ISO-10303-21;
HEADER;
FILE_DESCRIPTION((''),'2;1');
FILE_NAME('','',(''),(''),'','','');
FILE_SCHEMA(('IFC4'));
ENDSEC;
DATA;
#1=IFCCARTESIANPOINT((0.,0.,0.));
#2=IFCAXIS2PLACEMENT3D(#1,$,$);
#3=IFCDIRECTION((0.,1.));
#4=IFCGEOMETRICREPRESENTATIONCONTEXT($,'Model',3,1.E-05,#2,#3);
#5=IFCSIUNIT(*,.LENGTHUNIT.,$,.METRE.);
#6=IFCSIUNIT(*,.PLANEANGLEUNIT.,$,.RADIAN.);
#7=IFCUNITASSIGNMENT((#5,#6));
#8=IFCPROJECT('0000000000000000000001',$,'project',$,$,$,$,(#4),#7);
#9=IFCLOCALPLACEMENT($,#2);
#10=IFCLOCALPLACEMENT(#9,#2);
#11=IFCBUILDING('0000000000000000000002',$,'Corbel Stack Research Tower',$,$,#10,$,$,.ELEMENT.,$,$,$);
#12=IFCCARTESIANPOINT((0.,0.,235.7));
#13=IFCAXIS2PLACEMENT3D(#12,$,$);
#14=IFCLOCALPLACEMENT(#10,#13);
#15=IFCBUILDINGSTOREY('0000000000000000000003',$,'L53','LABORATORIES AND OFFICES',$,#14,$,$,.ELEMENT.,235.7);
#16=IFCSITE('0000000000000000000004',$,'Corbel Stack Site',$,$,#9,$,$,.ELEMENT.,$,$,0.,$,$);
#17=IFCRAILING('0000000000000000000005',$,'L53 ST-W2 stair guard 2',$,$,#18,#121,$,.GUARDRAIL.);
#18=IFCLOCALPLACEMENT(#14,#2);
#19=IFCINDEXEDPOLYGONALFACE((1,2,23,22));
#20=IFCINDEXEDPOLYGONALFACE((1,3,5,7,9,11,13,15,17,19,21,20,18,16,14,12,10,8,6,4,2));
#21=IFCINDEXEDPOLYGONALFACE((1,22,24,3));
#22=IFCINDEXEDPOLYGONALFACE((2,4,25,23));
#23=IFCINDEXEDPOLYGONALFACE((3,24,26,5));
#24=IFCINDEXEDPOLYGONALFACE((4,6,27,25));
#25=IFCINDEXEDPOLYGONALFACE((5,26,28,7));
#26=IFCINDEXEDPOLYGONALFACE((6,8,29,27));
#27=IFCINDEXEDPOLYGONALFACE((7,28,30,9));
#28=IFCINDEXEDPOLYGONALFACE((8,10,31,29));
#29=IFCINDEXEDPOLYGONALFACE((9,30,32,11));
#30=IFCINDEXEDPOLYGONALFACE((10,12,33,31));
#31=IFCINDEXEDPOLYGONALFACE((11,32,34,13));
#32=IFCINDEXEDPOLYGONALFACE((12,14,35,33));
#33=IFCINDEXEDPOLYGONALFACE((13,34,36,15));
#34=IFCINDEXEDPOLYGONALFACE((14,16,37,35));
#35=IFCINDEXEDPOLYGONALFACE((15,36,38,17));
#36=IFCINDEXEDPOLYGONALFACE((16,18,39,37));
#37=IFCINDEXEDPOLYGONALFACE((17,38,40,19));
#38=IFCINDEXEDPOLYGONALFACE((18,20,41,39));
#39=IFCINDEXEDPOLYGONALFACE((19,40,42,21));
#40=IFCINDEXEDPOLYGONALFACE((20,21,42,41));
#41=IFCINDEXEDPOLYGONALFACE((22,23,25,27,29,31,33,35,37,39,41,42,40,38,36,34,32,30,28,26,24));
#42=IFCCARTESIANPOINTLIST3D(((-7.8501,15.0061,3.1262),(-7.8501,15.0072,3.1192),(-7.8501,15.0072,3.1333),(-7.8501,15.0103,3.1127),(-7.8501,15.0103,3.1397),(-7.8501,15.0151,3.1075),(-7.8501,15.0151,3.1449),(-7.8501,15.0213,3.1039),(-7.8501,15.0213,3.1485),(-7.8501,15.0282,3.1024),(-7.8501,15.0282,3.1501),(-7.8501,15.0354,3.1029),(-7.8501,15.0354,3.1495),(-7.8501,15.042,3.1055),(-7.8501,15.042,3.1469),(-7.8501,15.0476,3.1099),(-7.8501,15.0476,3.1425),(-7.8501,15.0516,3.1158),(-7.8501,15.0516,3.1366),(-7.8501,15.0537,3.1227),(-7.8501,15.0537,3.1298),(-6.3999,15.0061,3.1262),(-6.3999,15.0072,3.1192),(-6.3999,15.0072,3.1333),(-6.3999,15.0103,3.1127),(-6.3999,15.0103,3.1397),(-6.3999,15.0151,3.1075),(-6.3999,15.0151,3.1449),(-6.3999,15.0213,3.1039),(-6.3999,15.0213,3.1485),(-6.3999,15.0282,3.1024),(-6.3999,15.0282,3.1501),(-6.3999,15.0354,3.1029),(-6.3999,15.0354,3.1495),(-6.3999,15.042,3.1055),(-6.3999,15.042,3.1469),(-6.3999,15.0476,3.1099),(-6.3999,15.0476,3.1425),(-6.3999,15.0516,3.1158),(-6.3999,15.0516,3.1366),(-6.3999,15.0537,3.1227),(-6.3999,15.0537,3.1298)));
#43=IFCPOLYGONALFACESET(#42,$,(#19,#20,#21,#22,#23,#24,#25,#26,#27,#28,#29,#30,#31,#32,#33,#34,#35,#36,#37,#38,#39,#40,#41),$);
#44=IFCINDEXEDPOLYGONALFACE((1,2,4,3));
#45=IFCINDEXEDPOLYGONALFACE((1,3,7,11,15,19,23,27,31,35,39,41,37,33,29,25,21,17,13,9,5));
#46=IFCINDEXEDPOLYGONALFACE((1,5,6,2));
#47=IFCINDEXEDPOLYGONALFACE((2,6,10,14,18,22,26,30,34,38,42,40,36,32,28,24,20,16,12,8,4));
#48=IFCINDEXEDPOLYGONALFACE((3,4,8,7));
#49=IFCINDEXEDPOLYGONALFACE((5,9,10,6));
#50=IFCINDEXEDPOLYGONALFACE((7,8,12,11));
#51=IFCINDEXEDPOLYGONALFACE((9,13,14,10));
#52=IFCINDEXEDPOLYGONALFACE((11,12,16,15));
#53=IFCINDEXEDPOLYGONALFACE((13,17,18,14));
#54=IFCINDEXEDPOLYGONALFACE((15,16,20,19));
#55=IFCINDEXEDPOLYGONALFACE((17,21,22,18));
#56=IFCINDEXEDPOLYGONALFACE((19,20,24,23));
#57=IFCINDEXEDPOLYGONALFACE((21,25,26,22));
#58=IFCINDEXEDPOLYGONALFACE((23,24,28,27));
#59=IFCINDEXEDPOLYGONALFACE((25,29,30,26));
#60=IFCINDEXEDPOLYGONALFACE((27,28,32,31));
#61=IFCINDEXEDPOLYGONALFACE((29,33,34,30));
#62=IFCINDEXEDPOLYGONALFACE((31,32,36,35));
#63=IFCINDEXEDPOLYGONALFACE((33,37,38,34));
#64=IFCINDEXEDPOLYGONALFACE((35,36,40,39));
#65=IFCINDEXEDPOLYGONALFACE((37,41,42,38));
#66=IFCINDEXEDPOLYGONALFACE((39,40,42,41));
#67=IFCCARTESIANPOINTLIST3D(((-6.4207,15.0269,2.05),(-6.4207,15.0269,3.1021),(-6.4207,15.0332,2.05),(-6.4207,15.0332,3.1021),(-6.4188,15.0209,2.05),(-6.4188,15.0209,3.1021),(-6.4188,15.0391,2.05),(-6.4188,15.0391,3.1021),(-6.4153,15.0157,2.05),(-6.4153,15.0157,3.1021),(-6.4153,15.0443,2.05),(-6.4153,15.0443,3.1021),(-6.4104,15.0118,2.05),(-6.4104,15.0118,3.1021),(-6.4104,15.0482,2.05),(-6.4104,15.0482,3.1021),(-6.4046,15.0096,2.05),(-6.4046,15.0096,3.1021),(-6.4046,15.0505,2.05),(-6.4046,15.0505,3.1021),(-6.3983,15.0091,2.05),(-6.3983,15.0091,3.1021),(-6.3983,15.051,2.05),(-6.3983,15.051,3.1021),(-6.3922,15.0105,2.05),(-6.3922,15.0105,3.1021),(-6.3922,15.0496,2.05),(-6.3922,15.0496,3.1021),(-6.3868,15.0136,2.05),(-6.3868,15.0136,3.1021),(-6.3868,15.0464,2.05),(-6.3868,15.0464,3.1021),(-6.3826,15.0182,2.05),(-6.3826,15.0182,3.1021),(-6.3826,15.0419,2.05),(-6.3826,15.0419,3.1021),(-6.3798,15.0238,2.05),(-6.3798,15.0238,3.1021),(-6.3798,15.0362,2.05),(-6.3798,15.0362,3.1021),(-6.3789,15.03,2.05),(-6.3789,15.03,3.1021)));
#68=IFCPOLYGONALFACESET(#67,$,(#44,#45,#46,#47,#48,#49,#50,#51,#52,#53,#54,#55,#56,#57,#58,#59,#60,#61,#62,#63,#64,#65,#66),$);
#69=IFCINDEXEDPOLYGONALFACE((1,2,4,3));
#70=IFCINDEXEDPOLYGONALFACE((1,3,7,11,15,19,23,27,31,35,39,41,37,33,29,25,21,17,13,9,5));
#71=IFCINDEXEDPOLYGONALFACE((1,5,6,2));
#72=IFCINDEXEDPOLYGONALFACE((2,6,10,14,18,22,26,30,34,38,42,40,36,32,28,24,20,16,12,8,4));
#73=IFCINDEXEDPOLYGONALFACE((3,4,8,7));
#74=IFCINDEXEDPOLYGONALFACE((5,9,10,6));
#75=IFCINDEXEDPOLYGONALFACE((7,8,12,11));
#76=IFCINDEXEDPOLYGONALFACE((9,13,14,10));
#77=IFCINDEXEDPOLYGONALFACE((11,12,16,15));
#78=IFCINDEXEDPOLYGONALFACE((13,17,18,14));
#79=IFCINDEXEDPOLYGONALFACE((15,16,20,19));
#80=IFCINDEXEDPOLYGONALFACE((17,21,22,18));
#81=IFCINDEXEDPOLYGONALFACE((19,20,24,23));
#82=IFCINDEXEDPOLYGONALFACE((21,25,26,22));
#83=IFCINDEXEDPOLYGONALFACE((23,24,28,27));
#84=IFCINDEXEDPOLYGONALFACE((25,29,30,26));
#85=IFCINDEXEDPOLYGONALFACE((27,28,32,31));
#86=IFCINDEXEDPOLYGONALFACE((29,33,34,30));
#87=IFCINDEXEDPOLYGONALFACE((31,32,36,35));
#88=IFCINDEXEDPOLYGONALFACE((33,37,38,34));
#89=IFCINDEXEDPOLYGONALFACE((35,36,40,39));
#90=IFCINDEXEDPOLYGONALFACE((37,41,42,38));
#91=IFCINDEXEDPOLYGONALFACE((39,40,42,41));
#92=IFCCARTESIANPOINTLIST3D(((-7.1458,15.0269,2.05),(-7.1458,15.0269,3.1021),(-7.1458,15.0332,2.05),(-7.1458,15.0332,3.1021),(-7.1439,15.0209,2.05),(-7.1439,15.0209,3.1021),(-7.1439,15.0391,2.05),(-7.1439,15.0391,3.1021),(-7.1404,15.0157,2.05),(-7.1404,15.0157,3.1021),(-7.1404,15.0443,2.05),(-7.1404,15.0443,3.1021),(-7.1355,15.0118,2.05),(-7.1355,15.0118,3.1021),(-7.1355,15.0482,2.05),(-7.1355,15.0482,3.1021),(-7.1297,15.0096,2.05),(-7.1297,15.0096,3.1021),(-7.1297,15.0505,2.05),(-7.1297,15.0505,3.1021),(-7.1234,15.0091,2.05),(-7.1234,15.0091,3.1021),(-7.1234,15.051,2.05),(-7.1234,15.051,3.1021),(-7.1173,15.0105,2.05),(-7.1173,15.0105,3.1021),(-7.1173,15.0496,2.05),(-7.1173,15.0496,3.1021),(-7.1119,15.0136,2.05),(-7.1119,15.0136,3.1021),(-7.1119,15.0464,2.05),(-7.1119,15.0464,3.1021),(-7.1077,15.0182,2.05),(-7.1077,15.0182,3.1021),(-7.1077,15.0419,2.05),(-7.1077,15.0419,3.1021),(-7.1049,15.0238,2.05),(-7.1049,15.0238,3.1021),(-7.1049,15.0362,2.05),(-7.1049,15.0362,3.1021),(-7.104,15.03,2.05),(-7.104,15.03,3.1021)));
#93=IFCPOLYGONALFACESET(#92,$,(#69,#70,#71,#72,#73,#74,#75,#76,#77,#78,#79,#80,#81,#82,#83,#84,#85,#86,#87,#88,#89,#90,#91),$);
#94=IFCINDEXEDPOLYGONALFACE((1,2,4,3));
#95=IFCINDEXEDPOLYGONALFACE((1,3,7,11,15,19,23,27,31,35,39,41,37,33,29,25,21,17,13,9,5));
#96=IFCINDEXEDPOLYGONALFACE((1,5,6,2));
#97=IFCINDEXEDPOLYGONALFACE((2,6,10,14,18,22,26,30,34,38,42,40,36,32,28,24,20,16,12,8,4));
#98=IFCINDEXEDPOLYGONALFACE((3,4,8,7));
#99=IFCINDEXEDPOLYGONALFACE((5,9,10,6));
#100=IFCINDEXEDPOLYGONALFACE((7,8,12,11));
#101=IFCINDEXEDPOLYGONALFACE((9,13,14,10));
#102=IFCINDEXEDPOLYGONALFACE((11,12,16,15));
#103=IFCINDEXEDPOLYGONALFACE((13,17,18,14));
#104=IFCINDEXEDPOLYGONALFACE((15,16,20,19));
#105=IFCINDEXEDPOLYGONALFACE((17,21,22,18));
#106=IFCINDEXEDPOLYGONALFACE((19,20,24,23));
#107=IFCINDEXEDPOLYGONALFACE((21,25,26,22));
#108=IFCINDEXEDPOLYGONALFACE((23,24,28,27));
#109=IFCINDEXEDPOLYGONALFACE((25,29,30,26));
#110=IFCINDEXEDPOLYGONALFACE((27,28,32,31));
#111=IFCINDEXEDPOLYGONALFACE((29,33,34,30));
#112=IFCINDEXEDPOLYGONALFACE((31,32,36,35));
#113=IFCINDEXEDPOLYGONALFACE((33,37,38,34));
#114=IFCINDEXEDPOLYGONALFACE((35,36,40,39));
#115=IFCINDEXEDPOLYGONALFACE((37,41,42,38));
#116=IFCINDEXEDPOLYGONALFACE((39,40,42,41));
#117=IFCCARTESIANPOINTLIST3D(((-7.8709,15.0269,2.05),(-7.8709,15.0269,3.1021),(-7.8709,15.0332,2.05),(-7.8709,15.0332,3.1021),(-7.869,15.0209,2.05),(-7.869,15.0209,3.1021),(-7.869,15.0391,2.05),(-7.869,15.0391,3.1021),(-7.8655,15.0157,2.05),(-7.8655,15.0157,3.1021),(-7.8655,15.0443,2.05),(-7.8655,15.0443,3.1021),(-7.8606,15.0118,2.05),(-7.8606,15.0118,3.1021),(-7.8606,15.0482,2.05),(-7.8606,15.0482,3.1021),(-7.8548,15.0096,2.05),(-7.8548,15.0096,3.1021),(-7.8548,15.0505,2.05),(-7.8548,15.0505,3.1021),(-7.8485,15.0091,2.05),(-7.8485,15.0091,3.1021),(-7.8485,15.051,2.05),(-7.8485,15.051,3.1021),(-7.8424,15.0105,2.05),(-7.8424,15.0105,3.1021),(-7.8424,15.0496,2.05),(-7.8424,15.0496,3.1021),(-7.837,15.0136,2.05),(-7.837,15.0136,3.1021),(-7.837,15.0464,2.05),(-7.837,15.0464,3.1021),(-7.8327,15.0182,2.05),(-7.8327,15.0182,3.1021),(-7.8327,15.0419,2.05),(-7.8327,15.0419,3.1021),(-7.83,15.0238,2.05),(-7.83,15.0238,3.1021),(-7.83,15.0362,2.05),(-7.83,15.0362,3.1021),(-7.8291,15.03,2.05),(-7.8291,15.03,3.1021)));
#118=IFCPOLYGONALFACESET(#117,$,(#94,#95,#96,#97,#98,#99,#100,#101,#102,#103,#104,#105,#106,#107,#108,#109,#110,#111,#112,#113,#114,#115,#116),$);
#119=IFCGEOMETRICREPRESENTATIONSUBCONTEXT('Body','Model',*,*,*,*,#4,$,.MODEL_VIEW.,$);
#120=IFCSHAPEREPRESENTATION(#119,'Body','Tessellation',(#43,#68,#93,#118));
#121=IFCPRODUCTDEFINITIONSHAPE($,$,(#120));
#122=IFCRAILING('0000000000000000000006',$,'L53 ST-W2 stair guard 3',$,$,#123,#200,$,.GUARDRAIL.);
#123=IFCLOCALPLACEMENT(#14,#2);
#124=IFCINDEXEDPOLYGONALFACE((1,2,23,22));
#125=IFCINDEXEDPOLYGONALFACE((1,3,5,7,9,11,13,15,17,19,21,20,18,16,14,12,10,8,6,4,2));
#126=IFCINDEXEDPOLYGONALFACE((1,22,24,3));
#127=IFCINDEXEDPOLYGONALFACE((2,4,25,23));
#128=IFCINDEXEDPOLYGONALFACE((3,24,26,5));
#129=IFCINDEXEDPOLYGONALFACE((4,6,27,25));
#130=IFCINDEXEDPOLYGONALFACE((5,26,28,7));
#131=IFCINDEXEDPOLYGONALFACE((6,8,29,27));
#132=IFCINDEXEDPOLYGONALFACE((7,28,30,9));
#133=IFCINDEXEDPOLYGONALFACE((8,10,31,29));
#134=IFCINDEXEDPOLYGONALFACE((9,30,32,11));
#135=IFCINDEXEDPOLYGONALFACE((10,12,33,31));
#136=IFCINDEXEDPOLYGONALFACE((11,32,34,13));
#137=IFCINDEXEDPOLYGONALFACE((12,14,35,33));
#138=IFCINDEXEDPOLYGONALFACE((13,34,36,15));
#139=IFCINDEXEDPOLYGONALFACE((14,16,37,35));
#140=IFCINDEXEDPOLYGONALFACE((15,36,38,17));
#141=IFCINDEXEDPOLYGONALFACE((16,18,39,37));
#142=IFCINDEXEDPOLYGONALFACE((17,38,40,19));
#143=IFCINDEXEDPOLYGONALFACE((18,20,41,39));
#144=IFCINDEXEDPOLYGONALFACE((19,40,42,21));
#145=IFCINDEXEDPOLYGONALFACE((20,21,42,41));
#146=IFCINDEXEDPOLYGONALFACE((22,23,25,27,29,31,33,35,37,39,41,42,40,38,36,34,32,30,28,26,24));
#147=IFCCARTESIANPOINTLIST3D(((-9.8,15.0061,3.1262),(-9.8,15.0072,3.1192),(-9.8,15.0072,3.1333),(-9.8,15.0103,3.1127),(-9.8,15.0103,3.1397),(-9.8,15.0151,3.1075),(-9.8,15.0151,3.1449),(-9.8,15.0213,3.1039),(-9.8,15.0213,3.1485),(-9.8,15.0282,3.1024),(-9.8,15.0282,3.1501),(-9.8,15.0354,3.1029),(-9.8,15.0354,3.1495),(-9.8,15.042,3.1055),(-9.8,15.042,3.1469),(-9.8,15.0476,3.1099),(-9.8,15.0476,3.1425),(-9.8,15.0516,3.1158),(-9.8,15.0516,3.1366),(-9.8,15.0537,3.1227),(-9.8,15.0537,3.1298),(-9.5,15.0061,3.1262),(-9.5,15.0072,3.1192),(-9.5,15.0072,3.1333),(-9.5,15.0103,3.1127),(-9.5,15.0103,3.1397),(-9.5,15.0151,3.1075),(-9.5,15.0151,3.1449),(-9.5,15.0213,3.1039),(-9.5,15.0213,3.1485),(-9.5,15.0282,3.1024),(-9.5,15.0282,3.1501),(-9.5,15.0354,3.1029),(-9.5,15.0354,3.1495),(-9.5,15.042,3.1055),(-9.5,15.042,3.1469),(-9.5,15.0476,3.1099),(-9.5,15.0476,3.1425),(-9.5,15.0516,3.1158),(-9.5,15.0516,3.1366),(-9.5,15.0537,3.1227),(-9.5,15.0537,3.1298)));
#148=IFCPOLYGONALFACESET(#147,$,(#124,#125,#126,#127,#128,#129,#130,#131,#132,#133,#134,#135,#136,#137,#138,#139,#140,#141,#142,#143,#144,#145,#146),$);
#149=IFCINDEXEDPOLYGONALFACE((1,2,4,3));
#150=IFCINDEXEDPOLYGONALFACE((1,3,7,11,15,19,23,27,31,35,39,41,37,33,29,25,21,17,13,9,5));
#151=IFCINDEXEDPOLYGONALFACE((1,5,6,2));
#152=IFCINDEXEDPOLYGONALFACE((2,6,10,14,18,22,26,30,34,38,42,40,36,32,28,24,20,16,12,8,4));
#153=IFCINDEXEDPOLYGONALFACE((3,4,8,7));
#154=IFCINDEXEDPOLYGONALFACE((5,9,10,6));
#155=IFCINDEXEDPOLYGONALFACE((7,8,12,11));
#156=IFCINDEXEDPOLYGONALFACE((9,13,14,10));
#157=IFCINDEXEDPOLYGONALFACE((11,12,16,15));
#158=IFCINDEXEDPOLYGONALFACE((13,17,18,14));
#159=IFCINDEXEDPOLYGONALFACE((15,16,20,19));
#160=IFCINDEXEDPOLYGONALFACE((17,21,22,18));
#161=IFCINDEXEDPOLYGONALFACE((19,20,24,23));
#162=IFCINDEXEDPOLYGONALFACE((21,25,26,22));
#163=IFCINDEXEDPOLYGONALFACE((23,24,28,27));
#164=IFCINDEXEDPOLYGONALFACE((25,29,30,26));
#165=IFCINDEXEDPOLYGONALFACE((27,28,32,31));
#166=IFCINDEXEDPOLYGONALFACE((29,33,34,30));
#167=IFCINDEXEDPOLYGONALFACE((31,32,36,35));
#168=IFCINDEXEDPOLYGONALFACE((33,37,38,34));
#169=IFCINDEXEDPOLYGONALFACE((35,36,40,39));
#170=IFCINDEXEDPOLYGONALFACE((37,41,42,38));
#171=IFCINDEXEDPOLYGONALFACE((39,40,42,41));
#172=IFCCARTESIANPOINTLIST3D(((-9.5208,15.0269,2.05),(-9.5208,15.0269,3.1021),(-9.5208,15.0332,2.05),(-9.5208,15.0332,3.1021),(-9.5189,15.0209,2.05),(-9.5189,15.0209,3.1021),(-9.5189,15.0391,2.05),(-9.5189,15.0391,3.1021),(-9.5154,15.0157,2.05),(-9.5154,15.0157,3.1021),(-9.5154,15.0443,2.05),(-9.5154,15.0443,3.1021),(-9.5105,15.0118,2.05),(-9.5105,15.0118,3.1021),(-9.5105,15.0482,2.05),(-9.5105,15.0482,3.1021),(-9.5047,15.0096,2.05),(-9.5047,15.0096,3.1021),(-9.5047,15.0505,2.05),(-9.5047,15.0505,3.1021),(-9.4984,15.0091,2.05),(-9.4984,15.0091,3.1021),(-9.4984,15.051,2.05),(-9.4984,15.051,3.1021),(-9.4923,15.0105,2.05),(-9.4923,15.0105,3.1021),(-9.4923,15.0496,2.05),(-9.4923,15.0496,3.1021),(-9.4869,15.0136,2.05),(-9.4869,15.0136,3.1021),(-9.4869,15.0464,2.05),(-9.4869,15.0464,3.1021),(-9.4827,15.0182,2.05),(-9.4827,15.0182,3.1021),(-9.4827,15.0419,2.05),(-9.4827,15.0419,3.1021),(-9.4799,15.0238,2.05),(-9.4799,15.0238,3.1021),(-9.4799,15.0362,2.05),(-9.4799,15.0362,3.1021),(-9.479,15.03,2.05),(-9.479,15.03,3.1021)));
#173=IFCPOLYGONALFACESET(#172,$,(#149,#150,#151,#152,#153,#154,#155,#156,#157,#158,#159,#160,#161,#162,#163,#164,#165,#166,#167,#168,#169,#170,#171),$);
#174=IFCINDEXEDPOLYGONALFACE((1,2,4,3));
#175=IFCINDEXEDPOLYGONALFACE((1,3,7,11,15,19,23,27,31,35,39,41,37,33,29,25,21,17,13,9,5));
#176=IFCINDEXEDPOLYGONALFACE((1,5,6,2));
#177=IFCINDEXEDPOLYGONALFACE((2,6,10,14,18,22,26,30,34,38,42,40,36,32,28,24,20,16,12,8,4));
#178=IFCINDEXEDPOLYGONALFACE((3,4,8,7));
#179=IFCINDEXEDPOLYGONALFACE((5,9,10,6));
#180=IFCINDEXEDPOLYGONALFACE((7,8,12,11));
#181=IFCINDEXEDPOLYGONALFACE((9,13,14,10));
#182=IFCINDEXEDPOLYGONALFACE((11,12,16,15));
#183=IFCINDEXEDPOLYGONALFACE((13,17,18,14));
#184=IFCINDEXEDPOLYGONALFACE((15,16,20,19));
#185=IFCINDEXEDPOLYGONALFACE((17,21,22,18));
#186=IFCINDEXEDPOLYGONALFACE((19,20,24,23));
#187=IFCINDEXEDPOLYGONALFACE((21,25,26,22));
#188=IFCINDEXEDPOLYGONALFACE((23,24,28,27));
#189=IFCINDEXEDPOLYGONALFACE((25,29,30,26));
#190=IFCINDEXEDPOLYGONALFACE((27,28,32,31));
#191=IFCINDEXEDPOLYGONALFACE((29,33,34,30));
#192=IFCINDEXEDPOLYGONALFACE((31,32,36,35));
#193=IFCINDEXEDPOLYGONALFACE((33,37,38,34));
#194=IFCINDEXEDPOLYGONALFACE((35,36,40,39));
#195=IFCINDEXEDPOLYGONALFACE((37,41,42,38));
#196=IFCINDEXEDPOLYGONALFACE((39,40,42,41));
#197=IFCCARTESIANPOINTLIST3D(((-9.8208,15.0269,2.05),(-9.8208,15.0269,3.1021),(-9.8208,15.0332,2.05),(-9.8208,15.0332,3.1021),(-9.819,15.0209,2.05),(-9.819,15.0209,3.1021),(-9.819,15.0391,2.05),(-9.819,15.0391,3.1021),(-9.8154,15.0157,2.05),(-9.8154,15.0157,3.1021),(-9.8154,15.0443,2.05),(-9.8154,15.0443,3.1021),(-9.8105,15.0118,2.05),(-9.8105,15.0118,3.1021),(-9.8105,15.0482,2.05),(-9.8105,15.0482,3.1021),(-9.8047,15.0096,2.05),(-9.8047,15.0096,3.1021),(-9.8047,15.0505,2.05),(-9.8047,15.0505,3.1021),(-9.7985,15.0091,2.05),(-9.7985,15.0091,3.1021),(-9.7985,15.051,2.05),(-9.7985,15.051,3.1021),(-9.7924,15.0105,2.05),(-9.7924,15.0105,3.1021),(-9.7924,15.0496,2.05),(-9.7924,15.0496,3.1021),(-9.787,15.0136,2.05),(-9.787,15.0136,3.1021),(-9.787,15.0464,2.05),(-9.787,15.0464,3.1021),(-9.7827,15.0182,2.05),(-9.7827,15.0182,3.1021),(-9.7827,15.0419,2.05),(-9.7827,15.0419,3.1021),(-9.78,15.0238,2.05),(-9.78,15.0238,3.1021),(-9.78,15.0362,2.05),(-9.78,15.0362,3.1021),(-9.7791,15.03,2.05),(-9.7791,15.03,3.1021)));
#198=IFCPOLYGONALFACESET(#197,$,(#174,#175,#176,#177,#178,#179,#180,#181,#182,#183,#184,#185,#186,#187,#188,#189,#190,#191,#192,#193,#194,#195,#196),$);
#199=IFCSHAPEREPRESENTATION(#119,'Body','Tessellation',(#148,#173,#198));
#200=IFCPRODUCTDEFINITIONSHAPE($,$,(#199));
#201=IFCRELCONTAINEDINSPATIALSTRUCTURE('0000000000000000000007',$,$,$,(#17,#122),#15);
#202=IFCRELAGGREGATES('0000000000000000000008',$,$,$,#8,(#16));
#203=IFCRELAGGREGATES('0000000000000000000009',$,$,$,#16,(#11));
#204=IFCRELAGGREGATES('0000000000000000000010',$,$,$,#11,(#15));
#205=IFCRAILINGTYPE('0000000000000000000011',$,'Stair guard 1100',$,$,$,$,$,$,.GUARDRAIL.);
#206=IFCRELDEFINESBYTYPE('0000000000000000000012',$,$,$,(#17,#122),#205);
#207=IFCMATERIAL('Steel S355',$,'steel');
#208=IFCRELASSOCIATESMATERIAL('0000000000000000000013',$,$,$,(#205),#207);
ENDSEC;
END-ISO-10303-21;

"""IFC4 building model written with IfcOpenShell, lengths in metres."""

from ifc_helpers import new_model, si_unit, direction, frame, origin, origin_2d, place, context, subcontext, project, spatial, circle, extrude, material, type_object, element, save


model = new_model("IFC4")

# Units and contexts
model_context = context("Model", 3, precision=1e-05, world=origin(), true_north=direction((0.0, 1.0)))
body_context = subcontext(model_context, "Body", "Model", "MODEL_VIEW")
ifc_project = project(units=[si_unit("LENGTHUNIT", "METRE"), si_unit("PLANEANGLEUNIT", "RADIAN")], contexts=[model_context])

# Site, building, storey
site_placement = place(None, origin())
site = spatial("IfcSite", under=ifc_project, at=site_placement, Name="Corbel Stack Site", CompositionType="ELEMENT", RefElevation=0.0)
building_placement = place(site_placement, origin())
building = spatial("IfcBuilding", under=site, at=building_placement, Name="Corbel Stack Research Tower", CompositionType="ELEMENT")
storey_placement = place(building_placement, frame((0.0, 0.0, 235.7)))
storey = spatial("IfcBuildingStorey", under=building, at=storey_placement, Name="L53", Description="LABORATORIES AND OFFICES", CompositionType="ELEMENT", Elevation=235.7)

# Railings
ifc_material_1 = material(Name="Steel S355", Category="steel")
railing_type = type_object("IfcRailingType", Name="Stair guard 1100", PredefinedType="GUARDRAIL", material=ifc_material_1)
railing_1_placement = place(storey_placement, frame((-6.3999, 15.03, 2.05)))
element("IfcRailing", 1, at=railing_1_placement, inside=storey, type_object=railing_type, Name="L53 ST-W2 stair guard 2", PredefinedType="GUARDRAIL", context=body_context, shape_type="SweptSolid", body=[
    extrude(circle(Radius=0.0239, at=origin_2d()), frame((0.0, 0.0, 1.0762), z_axis=(-1.0, 0.0, 0.0), x_axis=(0.0, -1.0, 0.0)), (0.0, 0.0, 1.0), 1.4502),
    extrude(circle(Radius=0.021, at=origin_2d()), origin(), (0.0, 0.0, 1.0), 1.052),
    extrude(circle(Radius=0.021, at=origin_2d()), frame((-0.7251, 0.0, 0.0)), (0.0, 0.0, 1.0), 1.052),
    extrude(circle(Radius=0.021, at=origin_2d()), frame((-1.4502, 0.0, 0.0)), (0.0, 0.0, 1.0), 1.052),
])
railing_2_placement = place(storey_placement, frame((-9.5, 15.03, 2.05)))
element("IfcRailing", 2, at=railing_2_placement, inside=storey, type_object=railing_type, Name="L53 ST-W2 stair guard 3", PredefinedType="GUARDRAIL", context=body_context, shape_type="SweptSolid", body=[
    extrude(circle(Radius=0.0239, at=origin_2d()), frame((0.0, 0.0, 1.0762), z_axis=(-1.0, 0.0, 0.0), x_axis=(0.0, -1.0, 0.0)), (0.0, 0.0, 1.0), 0.3),
    extrude(circle(Radius=0.021, at=origin_2d()), origin(), (0.0, 0.0, 1.0), 1.052),
    extrude(circle(Radius=0.021, at=origin_2d()), frame((-0.3, 0.0, 0.0)), (0.0, 0.0, 1.0), 1.052),
])

save(model, "model.ifc")
